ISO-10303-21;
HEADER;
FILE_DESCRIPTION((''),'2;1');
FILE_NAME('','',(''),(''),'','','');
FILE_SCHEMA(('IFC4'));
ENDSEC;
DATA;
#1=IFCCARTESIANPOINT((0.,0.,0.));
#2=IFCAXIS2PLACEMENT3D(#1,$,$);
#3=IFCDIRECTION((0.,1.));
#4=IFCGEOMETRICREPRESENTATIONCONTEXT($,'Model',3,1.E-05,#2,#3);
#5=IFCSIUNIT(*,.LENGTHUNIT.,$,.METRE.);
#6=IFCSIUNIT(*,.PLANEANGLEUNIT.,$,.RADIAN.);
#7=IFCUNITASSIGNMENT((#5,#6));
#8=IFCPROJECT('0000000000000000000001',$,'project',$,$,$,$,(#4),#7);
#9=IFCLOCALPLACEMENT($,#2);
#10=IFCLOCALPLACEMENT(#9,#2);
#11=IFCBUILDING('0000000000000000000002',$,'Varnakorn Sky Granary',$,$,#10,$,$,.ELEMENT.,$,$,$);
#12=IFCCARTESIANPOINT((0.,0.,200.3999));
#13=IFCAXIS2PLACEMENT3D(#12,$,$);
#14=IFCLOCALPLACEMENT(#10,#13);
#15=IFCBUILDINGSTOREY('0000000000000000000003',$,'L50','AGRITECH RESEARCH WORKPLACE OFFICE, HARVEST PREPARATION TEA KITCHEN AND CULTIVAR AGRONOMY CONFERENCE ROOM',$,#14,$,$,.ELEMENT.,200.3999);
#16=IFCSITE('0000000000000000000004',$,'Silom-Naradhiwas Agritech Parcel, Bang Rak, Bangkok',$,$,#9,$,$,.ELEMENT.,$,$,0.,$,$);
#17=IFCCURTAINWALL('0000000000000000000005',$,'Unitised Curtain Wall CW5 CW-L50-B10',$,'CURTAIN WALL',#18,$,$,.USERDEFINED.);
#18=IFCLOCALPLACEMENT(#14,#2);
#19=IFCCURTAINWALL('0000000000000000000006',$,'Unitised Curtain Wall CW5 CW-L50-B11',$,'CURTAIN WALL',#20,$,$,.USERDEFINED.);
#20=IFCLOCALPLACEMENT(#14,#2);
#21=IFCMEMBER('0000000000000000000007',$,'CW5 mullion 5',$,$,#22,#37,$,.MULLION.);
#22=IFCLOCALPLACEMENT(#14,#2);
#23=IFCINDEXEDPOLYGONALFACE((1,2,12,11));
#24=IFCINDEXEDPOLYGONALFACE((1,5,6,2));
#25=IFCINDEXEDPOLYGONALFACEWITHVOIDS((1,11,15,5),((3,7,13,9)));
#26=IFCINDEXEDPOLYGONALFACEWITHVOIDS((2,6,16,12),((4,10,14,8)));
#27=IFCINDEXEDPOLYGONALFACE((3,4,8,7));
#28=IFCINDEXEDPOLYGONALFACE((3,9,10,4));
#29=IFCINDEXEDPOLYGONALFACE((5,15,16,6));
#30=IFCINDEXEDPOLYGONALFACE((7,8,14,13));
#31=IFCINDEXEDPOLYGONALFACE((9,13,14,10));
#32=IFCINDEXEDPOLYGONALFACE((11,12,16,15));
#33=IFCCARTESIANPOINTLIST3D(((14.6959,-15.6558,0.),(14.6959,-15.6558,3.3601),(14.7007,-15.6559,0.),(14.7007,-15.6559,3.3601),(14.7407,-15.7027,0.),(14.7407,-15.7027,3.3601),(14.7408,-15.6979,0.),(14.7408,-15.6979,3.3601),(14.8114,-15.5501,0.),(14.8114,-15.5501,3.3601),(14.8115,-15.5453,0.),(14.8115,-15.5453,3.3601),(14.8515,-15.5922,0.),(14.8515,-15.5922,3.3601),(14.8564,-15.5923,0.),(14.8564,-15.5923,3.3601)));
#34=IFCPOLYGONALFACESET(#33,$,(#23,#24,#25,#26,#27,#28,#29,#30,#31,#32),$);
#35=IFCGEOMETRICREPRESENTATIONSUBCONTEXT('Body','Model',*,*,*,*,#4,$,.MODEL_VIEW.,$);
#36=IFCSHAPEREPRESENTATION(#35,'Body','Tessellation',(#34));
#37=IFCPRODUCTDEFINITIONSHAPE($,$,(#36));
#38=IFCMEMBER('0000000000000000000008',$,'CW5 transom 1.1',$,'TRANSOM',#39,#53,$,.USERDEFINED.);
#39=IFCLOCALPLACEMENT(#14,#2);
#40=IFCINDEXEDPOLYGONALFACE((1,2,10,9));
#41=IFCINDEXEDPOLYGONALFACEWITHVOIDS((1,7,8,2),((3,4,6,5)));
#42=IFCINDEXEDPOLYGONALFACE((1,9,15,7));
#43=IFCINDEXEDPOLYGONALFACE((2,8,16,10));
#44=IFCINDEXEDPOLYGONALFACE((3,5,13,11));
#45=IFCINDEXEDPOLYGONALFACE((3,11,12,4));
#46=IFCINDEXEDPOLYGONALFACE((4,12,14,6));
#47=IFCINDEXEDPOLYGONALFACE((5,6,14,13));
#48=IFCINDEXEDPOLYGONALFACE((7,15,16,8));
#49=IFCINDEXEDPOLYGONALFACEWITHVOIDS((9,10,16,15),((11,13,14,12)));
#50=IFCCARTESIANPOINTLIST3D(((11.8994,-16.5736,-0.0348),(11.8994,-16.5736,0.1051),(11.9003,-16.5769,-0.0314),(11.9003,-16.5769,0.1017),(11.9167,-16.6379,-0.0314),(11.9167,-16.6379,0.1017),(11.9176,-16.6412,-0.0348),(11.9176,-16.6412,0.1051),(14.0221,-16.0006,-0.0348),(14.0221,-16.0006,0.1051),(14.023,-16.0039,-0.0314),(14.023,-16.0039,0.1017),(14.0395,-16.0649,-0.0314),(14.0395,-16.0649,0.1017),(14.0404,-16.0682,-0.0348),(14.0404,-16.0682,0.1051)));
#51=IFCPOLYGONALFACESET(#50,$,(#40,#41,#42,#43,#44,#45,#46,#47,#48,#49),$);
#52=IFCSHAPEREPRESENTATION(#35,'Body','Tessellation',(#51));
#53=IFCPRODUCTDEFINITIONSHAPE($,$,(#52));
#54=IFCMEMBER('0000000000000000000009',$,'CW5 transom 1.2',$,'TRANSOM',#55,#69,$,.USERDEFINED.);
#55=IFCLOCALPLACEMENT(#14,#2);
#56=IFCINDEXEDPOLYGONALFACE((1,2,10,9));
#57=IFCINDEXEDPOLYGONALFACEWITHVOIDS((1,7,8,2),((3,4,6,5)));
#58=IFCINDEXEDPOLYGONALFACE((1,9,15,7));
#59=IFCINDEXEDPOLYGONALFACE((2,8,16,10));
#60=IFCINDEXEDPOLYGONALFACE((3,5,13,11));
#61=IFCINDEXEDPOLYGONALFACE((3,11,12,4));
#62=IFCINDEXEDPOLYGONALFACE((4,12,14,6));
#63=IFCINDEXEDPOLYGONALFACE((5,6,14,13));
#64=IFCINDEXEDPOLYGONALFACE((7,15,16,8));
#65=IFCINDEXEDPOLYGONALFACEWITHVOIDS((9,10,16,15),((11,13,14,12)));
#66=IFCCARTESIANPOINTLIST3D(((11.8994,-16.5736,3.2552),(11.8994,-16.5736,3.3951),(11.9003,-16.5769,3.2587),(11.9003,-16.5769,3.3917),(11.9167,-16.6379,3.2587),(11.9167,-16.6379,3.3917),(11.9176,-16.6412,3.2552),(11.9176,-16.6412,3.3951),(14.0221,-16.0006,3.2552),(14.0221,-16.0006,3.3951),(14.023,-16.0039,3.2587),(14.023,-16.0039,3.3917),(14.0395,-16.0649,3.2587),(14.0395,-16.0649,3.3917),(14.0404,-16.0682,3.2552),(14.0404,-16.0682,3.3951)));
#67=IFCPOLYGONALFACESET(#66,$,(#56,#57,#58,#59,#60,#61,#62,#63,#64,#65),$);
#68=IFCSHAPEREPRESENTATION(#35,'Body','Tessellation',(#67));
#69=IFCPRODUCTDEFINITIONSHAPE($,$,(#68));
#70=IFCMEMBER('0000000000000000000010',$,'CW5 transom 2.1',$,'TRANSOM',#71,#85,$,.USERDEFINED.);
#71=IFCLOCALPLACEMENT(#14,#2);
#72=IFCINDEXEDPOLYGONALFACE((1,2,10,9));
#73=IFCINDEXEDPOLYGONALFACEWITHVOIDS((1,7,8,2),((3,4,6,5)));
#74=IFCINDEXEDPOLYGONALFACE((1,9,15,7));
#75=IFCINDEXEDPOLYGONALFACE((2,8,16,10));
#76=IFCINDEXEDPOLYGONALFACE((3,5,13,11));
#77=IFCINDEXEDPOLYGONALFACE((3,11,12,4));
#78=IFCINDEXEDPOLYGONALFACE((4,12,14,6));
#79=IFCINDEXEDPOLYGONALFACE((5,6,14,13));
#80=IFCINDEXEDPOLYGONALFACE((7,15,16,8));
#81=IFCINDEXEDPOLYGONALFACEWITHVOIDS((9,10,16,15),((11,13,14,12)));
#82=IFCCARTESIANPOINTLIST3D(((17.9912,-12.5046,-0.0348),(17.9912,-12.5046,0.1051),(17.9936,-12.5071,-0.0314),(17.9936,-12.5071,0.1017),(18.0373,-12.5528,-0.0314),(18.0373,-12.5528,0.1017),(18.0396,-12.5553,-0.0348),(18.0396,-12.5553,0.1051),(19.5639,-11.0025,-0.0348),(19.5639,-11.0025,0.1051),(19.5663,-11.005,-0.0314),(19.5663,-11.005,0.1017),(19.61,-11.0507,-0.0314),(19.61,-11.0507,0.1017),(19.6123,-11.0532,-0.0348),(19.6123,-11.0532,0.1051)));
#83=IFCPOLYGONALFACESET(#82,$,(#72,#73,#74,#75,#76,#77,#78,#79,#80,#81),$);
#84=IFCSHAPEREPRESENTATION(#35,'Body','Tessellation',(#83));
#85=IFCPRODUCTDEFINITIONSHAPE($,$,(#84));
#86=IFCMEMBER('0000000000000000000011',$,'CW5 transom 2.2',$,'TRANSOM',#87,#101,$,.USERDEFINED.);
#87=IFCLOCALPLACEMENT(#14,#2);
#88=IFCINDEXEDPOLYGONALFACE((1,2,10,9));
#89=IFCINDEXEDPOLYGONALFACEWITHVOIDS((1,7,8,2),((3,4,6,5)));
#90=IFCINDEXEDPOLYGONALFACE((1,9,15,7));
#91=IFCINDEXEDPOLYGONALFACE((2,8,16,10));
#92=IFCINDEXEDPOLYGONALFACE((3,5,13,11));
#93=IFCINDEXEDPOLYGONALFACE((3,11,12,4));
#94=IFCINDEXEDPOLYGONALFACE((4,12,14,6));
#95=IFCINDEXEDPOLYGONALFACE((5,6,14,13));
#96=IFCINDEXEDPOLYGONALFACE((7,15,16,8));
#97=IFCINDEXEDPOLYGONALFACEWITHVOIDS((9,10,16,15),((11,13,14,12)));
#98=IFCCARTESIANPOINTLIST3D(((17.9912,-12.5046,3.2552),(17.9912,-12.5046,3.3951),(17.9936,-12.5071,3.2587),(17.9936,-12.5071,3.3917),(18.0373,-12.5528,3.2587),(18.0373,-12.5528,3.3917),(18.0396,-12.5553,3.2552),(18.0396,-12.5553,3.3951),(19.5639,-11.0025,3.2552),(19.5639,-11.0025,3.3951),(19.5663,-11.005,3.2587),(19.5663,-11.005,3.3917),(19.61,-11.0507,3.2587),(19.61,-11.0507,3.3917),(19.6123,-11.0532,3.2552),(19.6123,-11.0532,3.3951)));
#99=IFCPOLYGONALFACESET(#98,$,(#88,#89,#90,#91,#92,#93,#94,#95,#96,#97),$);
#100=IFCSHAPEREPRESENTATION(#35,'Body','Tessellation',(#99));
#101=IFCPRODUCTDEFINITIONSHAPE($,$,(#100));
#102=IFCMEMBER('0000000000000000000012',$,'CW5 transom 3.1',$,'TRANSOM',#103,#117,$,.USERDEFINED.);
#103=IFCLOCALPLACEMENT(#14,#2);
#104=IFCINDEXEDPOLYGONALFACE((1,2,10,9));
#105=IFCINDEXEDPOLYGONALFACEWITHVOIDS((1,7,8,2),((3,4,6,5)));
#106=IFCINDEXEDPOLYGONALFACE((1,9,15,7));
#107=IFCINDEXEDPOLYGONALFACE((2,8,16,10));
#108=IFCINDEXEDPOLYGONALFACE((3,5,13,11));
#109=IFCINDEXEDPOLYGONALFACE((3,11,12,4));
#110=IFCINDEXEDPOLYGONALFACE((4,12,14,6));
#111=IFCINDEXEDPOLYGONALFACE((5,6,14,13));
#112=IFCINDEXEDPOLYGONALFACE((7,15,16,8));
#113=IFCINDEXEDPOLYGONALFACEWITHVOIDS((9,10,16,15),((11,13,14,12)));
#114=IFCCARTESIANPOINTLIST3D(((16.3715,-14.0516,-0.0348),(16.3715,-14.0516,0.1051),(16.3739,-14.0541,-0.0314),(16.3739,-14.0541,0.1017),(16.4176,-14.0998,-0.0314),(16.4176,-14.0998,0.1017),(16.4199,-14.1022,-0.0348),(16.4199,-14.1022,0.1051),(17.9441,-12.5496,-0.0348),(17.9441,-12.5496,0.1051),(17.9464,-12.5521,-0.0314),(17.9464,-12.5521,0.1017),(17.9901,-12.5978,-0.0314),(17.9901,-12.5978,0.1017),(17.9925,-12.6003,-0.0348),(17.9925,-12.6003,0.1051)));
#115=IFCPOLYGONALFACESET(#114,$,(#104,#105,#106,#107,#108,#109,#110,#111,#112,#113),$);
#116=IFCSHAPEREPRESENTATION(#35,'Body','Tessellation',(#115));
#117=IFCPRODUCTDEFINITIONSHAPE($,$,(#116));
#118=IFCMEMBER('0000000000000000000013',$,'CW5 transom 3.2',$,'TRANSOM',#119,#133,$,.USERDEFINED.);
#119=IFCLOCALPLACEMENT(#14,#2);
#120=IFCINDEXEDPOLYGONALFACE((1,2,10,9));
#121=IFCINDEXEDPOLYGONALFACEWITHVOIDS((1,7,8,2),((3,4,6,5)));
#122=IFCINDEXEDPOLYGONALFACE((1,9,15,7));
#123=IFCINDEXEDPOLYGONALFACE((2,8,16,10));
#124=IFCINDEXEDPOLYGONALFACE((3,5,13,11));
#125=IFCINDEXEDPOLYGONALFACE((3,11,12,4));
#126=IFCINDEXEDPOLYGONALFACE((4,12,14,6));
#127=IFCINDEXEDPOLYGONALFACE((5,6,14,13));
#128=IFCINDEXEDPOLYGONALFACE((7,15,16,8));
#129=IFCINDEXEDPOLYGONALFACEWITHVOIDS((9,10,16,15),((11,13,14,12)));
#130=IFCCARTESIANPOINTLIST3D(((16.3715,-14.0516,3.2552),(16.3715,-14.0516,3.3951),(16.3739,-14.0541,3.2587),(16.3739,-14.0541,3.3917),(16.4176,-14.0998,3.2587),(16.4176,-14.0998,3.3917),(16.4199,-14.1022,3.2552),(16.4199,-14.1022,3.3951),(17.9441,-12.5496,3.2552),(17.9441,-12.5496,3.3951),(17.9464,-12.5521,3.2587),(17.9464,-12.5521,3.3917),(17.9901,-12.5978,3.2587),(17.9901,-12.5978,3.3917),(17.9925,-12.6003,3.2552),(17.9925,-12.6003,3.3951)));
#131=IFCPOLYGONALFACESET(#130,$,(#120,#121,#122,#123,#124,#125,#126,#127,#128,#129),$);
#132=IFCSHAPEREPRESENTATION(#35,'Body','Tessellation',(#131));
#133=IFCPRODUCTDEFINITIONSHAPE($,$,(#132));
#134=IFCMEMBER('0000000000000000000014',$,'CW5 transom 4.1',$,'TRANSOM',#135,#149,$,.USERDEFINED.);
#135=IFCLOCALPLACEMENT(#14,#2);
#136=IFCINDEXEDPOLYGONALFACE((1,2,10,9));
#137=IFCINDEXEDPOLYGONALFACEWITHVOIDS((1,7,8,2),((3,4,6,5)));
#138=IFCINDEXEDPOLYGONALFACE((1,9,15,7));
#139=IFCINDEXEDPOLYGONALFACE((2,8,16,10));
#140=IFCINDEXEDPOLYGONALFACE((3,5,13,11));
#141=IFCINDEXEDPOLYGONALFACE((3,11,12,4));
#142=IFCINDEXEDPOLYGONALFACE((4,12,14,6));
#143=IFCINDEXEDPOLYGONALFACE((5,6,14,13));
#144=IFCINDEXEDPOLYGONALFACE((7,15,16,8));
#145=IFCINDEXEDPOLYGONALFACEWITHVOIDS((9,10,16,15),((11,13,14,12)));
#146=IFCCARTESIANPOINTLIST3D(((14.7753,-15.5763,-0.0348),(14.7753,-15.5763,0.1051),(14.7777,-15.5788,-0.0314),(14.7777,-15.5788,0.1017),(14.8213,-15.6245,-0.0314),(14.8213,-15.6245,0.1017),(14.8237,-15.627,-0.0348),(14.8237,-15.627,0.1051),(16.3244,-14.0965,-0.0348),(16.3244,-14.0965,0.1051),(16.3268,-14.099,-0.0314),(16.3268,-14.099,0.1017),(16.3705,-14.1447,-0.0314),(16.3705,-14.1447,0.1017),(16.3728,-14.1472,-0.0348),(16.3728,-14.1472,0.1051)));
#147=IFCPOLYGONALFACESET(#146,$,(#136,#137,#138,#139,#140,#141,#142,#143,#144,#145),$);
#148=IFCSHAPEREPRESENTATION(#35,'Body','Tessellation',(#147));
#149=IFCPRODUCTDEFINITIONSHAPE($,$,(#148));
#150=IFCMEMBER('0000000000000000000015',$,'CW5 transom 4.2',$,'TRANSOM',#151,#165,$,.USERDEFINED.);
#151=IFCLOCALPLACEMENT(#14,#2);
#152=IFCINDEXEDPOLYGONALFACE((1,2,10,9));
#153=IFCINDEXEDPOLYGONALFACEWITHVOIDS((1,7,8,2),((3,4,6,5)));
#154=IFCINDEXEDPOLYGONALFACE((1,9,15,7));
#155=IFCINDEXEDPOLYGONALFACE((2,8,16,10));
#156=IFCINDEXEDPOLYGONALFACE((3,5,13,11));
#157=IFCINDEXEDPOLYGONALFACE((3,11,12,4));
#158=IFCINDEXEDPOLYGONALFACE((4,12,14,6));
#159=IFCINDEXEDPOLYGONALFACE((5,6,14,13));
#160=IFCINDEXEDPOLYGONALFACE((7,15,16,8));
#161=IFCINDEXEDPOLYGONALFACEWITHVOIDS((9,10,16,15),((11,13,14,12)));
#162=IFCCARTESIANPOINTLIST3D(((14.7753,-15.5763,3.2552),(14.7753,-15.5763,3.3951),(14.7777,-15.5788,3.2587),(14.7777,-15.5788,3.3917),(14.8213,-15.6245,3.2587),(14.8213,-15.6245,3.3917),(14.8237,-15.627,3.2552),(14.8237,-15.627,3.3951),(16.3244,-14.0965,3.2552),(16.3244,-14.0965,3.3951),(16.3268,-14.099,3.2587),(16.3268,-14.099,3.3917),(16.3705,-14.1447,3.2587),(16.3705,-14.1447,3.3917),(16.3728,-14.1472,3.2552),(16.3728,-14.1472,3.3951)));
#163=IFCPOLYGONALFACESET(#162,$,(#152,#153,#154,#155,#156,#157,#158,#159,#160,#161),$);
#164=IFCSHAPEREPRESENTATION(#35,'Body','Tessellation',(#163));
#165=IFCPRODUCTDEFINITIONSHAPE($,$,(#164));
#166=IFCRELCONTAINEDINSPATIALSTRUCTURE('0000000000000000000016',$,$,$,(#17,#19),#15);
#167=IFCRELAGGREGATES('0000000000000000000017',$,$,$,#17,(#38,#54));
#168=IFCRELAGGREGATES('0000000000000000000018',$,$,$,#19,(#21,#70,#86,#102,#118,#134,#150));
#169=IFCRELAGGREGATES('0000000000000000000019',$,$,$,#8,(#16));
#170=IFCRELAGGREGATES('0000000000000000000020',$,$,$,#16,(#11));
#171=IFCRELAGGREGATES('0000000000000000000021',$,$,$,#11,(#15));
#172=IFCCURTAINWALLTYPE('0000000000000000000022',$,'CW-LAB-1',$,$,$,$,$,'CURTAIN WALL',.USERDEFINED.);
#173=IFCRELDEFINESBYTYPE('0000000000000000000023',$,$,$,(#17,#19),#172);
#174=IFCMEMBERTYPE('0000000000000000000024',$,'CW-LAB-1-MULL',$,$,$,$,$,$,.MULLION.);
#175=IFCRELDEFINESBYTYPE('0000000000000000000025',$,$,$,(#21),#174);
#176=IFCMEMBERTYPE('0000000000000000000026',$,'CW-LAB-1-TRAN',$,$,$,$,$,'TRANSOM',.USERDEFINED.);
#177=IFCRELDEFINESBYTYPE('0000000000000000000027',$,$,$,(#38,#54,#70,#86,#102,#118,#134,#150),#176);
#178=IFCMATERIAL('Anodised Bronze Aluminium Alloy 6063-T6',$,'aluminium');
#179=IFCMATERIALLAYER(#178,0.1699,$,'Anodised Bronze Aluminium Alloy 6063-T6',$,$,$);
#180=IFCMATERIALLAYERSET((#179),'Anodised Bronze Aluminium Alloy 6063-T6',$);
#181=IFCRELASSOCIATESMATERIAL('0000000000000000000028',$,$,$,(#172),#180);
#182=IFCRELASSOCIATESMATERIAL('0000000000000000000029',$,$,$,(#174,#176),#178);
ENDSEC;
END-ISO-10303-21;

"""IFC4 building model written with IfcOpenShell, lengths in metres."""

from ifc_helpers import new_model, si_unit, direction, frame, origin, origin_2d, place, context, subcontext, project, spatial, hollow_rectangle, extrude, material, layer, layer_set, material_profile, profile_set, type_object, element, aggregate, save


model = new_model("IFC4")

# Units and contexts
model_context = context("Model", 3, precision=1e-05, world=origin(), true_north=direction((0.0, 1.0)))
body_context = subcontext(model_context, "Body", "Model", "MODEL_VIEW")
ifc_project = project(units=[si_unit("LENGTHUNIT", "METRE"), si_unit("PLANEANGLEUNIT", "RADIAN")], contexts=[model_context])

# Site, building, storey
site_placement = place(None, origin())
site = spatial("IfcSite", under=ifc_project, at=site_placement, Name="Silom-Naradhiwas Agritech Parcel, Bang Rak, Bangkok", CompositionType="ELEMENT", RefElevation=0.0)
building_placement = place(site_placement, origin())
building = spatial("IfcBuilding", under=site, at=building_placement, Name="Varnakorn Sky Granary", CompositionType="ELEMENT")
storey_placement = place(building_placement, frame((0.0, 0.0, 200.3999)))
storey = spatial("IfcBuildingStorey", under=building, at=storey_placement, Name="L50", Description="AGRITECH RESEARCH WORKPLACE OFFICE, HARVEST PREPARATION TEA KITCHEN AND CULTIVAR AGRONOMY CONFERENCE ROOM", CompositionType="ELEMENT", Elevation=200.3999)

# Curtain walls, member
ifc_material_1 = material(Name="Anodised Bronze Aluminium Alloy 6063-T6", Category="aluminium")
ifc_layer_1 = layer(ifc_material_1, 0.1699, Name="Anodised Bronze Aluminium Alloy 6063-T6")
ifc_layer_set_1 = layer_set([ifc_layer_1], Name="Anodised Bronze Aluminium Alloy 6063-T6")
curtain_wall_type = type_object("IfcCurtainWallType", Name="CW-LAB-1", ElementType="CURTAIN WALL", PredefinedType="USERDEFINED", material=ifc_layer_set_1)
curtain_wall_1_placement = place(storey_placement, origin())
curtain_wall_1 = element("IfcCurtainWall", 1, at=curtain_wall_1_placement, inside=storey, type_object=curtain_wall_type, Name="Unitised Curtain Wall CW5 CW-L50-B10", ObjectType="CURTAIN WALL", PredefinedType="USERDEFINED")
ifc_material_profile_1 = material_profile(ifc_material_1, hollow_rectangle(XDim=0.0649, YDim=0.1599, WallThickness=0.0034, at=origin_2d()), Name="ALU MULL 65x160")
ifc_profile_set_1 = profile_set([ifc_material_profile_1], Name="Anodised Bronze Aluminium Alloy 6063-T6")
member_type_1 = type_object("IfcMemberType", Name="CW-LAB-1-MULL", PredefinedType="MULLION", material=ifc_profile_set_1)
curtain_wall_2_placement = place(storey_placement, origin())
curtain_wall_2 = element("IfcCurtainWall", 2, at=curtain_wall_2_placement, inside=storey, type_object=curtain_wall_type, Name="Unitised Curtain Wall CW5 CW-L50-B11", ObjectType="CURTAIN WALL", PredefinedType="USERDEFINED")
member_1_placement = place(storey_placement, frame((14.7761, -15.624, 0.0), z_axis=(0.0, 0.0, 1.0), x_axis=(0.690697, -0.723144, 0.0)))
member_1 = element("IfcMember", 3, at=member_1_placement, type_object=member_type_1, Name="CW5 mullion 5", PredefinedType="MULLION", context=body_context, shape_type="SweptSolid", body=[
    extrude(hollow_rectangle(XDim=0.0649, YDim=0.1599, WallThickness=0.0034, at=origin_2d()), origin(), (0.0, 0.0, 1.0), 3.3601),
])

# Members
ifc_material_profile_2 = material_profile(ifc_material_1, hollow_rectangle(XDim=0.0701, YDim=0.1399, WallThickness=0.0034, at=origin_2d()), Name="ALU TRAN 70x140")
ifc_profile_set_2 = profile_set([ifc_material_profile_2], Name="Anodised Bronze Aluminium Alloy 6063-T6")
member_type_2 = type_object("IfcMemberType", Name="CW-LAB-1-TRAN", ElementType="TRANSOM", PredefinedType="USERDEFINED", material=ifc_profile_set_2)
member_2_placement = place(storey_placement, frame((14.0312, -16.0344, 0.0352), z_axis=(-0.965447, -0.260599, 0.0), x_axis=(0.260599, -0.965447, 0.0)))
member_2 = element("IfcMember", 4, at=member_2_placement, type_object=member_type_2, Name="CW5 transom 1.1", ObjectType="TRANSOM", PredefinedType="USERDEFINED", context=body_context, shape_type="SweptSolid", body=[
    extrude(hollow_rectangle(XDim=0.0701, YDim=0.1399, WallThickness=0.0034, at=origin_2d()), origin(), (0.0, 0.0, 1.0), 2.1987),
])
member_3_placement = place(storey_placement, frame((14.0312, -16.0344, 3.3252), z_axis=(-0.965447, -0.260599, 0.0), x_axis=(0.260599, -0.965447, 0.0)))
member_3 = element("IfcMember", 5, at=member_3_placement, type_object=member_type_2, Name="CW5 transom 1.2", ObjectType="TRANSOM", PredefinedType="USERDEFINED", context=body_context, shape_type="SweptSolid", body=[
    extrude(hollow_rectangle(XDim=0.0701, YDim=0.1399, WallThickness=0.0034, at=origin_2d()), origin(), (0.0, 0.0, 1.0), 2.1987),
])
member_4_placement = place(storey_placement, frame((19.5881, -11.0278, 0.0352), z_axis=(-0.723141, -0.6907, 0.0), x_axis=(0.6907, -0.723141, 0.0)))
member_4 = element("IfcMember", 6, at=member_4_placement, type_object=member_type_2, Name="CW5 transom 2.1", ObjectType="TRANSOM", PredefinedType="USERDEFINED", context=body_context, shape_type="SweptSolid", body=[
    extrude(hollow_rectangle(XDim=0.0701, YDim=0.1399, WallThickness=0.0034, at=origin_2d()), origin(), (0.0, 0.0, 1.0), 2.1748),
])
member_5_placement = place(storey_placement, frame((19.5881, -11.0278, 3.3252), z_axis=(-0.723141, -0.6907, 0.0), x_axis=(0.6907, -0.723141, 0.0)))
member_5 = element("IfcMember", 7, at=member_5_placement, type_object=member_type_2, Name="CW5 transom 2.2", ObjectType="TRANSOM", PredefinedType="USERDEFINED", context=body_context, shape_type="SweptSolid", body=[
    extrude(hollow_rectangle(XDim=0.0701, YDim=0.1399, WallThickness=0.0034, at=origin_2d()), origin(), (0.0, 0.0, 1.0), 2.1748),
])
member_6_placement = place(storey_placement, frame((17.9683, -12.575, 0.0352), z_axis=(-0.723144, -0.690697, 0.0), x_axis=(0.690697, -0.723144, 0.0)))
member_6 = element("IfcMember", 8, at=member_6_placement, type_object=member_type_2, Name="CW5 transom 3.1", ObjectType="TRANSOM", PredefinedType="USERDEFINED", context=body_context, shape_type="SweptSolid", body=[
    extrude(hollow_rectangle(XDim=0.0701, YDim=0.1399, WallThickness=0.0034, at=origin_2d()), origin(), (0.0, 0.0, 1.0), 2.1746),
])
member_7_placement = place(storey_placement, frame((17.9683, -12.575, 3.3252), z_axis=(-0.723144, -0.690697, 0.0), x_axis=(0.690697, -0.723144, 0.0)))
member_7 = element("IfcMember", 9, at=member_7_placement, type_object=member_type_2, Name="CW5 transom 3.2", ObjectType="TRANSOM", PredefinedType="USERDEFINED", context=body_context, shape_type="SweptSolid", body=[
    extrude(hollow_rectangle(XDim=0.0701, YDim=0.1399, WallThickness=0.0034, at=origin_2d()), origin(), (0.0, 0.0, 1.0), 2.1746),
])
member_8_placement = place(storey_placement, frame((16.3486, -14.1218, 0.0352), z_axis=(-0.723105, -0.690739, 0.0), x_axis=(0.690739, -0.723105, 0.0)))
member_8 = element("IfcMember", 10, at=member_8_placement, type_object=member_type_2, Name="CW5 transom 4.1", ObjectType="TRANSOM", PredefinedType="USERDEFINED", context=body_context, shape_type="SweptSolid", body=[
    extrude(hollow_rectangle(XDim=0.0701, YDim=0.1399, WallThickness=0.0034, at=origin_2d()), origin(), (0.0, 0.0, 1.0), 2.1423),
])
member_9_placement = place(storey_placement, frame((16.3486, -14.1218, 3.3252), z_axis=(-0.723105, -0.690739, 0.0), x_axis=(0.690739, -0.723105, 0.0)))
member_9 = element("IfcMember", 11, at=member_9_placement, type_object=member_type_2, Name="CW5 transom 4.2", ObjectType="TRANSOM", PredefinedType="USERDEFINED", context=body_context, shape_type="SweptSolid", body=[
    extrude(hollow_rectangle(XDim=0.0701, YDim=0.1399, WallThickness=0.0034, at=origin_2d()), origin(), (0.0, 0.0, 1.0), 2.1423),
])

aggregate(curtain_wall_1, [member_2, member_3])
aggregate(curtain_wall_2, [member_1, member_4, member_5, member_6, member_7, member_8, member_9])

save(model, "model.ifc")
